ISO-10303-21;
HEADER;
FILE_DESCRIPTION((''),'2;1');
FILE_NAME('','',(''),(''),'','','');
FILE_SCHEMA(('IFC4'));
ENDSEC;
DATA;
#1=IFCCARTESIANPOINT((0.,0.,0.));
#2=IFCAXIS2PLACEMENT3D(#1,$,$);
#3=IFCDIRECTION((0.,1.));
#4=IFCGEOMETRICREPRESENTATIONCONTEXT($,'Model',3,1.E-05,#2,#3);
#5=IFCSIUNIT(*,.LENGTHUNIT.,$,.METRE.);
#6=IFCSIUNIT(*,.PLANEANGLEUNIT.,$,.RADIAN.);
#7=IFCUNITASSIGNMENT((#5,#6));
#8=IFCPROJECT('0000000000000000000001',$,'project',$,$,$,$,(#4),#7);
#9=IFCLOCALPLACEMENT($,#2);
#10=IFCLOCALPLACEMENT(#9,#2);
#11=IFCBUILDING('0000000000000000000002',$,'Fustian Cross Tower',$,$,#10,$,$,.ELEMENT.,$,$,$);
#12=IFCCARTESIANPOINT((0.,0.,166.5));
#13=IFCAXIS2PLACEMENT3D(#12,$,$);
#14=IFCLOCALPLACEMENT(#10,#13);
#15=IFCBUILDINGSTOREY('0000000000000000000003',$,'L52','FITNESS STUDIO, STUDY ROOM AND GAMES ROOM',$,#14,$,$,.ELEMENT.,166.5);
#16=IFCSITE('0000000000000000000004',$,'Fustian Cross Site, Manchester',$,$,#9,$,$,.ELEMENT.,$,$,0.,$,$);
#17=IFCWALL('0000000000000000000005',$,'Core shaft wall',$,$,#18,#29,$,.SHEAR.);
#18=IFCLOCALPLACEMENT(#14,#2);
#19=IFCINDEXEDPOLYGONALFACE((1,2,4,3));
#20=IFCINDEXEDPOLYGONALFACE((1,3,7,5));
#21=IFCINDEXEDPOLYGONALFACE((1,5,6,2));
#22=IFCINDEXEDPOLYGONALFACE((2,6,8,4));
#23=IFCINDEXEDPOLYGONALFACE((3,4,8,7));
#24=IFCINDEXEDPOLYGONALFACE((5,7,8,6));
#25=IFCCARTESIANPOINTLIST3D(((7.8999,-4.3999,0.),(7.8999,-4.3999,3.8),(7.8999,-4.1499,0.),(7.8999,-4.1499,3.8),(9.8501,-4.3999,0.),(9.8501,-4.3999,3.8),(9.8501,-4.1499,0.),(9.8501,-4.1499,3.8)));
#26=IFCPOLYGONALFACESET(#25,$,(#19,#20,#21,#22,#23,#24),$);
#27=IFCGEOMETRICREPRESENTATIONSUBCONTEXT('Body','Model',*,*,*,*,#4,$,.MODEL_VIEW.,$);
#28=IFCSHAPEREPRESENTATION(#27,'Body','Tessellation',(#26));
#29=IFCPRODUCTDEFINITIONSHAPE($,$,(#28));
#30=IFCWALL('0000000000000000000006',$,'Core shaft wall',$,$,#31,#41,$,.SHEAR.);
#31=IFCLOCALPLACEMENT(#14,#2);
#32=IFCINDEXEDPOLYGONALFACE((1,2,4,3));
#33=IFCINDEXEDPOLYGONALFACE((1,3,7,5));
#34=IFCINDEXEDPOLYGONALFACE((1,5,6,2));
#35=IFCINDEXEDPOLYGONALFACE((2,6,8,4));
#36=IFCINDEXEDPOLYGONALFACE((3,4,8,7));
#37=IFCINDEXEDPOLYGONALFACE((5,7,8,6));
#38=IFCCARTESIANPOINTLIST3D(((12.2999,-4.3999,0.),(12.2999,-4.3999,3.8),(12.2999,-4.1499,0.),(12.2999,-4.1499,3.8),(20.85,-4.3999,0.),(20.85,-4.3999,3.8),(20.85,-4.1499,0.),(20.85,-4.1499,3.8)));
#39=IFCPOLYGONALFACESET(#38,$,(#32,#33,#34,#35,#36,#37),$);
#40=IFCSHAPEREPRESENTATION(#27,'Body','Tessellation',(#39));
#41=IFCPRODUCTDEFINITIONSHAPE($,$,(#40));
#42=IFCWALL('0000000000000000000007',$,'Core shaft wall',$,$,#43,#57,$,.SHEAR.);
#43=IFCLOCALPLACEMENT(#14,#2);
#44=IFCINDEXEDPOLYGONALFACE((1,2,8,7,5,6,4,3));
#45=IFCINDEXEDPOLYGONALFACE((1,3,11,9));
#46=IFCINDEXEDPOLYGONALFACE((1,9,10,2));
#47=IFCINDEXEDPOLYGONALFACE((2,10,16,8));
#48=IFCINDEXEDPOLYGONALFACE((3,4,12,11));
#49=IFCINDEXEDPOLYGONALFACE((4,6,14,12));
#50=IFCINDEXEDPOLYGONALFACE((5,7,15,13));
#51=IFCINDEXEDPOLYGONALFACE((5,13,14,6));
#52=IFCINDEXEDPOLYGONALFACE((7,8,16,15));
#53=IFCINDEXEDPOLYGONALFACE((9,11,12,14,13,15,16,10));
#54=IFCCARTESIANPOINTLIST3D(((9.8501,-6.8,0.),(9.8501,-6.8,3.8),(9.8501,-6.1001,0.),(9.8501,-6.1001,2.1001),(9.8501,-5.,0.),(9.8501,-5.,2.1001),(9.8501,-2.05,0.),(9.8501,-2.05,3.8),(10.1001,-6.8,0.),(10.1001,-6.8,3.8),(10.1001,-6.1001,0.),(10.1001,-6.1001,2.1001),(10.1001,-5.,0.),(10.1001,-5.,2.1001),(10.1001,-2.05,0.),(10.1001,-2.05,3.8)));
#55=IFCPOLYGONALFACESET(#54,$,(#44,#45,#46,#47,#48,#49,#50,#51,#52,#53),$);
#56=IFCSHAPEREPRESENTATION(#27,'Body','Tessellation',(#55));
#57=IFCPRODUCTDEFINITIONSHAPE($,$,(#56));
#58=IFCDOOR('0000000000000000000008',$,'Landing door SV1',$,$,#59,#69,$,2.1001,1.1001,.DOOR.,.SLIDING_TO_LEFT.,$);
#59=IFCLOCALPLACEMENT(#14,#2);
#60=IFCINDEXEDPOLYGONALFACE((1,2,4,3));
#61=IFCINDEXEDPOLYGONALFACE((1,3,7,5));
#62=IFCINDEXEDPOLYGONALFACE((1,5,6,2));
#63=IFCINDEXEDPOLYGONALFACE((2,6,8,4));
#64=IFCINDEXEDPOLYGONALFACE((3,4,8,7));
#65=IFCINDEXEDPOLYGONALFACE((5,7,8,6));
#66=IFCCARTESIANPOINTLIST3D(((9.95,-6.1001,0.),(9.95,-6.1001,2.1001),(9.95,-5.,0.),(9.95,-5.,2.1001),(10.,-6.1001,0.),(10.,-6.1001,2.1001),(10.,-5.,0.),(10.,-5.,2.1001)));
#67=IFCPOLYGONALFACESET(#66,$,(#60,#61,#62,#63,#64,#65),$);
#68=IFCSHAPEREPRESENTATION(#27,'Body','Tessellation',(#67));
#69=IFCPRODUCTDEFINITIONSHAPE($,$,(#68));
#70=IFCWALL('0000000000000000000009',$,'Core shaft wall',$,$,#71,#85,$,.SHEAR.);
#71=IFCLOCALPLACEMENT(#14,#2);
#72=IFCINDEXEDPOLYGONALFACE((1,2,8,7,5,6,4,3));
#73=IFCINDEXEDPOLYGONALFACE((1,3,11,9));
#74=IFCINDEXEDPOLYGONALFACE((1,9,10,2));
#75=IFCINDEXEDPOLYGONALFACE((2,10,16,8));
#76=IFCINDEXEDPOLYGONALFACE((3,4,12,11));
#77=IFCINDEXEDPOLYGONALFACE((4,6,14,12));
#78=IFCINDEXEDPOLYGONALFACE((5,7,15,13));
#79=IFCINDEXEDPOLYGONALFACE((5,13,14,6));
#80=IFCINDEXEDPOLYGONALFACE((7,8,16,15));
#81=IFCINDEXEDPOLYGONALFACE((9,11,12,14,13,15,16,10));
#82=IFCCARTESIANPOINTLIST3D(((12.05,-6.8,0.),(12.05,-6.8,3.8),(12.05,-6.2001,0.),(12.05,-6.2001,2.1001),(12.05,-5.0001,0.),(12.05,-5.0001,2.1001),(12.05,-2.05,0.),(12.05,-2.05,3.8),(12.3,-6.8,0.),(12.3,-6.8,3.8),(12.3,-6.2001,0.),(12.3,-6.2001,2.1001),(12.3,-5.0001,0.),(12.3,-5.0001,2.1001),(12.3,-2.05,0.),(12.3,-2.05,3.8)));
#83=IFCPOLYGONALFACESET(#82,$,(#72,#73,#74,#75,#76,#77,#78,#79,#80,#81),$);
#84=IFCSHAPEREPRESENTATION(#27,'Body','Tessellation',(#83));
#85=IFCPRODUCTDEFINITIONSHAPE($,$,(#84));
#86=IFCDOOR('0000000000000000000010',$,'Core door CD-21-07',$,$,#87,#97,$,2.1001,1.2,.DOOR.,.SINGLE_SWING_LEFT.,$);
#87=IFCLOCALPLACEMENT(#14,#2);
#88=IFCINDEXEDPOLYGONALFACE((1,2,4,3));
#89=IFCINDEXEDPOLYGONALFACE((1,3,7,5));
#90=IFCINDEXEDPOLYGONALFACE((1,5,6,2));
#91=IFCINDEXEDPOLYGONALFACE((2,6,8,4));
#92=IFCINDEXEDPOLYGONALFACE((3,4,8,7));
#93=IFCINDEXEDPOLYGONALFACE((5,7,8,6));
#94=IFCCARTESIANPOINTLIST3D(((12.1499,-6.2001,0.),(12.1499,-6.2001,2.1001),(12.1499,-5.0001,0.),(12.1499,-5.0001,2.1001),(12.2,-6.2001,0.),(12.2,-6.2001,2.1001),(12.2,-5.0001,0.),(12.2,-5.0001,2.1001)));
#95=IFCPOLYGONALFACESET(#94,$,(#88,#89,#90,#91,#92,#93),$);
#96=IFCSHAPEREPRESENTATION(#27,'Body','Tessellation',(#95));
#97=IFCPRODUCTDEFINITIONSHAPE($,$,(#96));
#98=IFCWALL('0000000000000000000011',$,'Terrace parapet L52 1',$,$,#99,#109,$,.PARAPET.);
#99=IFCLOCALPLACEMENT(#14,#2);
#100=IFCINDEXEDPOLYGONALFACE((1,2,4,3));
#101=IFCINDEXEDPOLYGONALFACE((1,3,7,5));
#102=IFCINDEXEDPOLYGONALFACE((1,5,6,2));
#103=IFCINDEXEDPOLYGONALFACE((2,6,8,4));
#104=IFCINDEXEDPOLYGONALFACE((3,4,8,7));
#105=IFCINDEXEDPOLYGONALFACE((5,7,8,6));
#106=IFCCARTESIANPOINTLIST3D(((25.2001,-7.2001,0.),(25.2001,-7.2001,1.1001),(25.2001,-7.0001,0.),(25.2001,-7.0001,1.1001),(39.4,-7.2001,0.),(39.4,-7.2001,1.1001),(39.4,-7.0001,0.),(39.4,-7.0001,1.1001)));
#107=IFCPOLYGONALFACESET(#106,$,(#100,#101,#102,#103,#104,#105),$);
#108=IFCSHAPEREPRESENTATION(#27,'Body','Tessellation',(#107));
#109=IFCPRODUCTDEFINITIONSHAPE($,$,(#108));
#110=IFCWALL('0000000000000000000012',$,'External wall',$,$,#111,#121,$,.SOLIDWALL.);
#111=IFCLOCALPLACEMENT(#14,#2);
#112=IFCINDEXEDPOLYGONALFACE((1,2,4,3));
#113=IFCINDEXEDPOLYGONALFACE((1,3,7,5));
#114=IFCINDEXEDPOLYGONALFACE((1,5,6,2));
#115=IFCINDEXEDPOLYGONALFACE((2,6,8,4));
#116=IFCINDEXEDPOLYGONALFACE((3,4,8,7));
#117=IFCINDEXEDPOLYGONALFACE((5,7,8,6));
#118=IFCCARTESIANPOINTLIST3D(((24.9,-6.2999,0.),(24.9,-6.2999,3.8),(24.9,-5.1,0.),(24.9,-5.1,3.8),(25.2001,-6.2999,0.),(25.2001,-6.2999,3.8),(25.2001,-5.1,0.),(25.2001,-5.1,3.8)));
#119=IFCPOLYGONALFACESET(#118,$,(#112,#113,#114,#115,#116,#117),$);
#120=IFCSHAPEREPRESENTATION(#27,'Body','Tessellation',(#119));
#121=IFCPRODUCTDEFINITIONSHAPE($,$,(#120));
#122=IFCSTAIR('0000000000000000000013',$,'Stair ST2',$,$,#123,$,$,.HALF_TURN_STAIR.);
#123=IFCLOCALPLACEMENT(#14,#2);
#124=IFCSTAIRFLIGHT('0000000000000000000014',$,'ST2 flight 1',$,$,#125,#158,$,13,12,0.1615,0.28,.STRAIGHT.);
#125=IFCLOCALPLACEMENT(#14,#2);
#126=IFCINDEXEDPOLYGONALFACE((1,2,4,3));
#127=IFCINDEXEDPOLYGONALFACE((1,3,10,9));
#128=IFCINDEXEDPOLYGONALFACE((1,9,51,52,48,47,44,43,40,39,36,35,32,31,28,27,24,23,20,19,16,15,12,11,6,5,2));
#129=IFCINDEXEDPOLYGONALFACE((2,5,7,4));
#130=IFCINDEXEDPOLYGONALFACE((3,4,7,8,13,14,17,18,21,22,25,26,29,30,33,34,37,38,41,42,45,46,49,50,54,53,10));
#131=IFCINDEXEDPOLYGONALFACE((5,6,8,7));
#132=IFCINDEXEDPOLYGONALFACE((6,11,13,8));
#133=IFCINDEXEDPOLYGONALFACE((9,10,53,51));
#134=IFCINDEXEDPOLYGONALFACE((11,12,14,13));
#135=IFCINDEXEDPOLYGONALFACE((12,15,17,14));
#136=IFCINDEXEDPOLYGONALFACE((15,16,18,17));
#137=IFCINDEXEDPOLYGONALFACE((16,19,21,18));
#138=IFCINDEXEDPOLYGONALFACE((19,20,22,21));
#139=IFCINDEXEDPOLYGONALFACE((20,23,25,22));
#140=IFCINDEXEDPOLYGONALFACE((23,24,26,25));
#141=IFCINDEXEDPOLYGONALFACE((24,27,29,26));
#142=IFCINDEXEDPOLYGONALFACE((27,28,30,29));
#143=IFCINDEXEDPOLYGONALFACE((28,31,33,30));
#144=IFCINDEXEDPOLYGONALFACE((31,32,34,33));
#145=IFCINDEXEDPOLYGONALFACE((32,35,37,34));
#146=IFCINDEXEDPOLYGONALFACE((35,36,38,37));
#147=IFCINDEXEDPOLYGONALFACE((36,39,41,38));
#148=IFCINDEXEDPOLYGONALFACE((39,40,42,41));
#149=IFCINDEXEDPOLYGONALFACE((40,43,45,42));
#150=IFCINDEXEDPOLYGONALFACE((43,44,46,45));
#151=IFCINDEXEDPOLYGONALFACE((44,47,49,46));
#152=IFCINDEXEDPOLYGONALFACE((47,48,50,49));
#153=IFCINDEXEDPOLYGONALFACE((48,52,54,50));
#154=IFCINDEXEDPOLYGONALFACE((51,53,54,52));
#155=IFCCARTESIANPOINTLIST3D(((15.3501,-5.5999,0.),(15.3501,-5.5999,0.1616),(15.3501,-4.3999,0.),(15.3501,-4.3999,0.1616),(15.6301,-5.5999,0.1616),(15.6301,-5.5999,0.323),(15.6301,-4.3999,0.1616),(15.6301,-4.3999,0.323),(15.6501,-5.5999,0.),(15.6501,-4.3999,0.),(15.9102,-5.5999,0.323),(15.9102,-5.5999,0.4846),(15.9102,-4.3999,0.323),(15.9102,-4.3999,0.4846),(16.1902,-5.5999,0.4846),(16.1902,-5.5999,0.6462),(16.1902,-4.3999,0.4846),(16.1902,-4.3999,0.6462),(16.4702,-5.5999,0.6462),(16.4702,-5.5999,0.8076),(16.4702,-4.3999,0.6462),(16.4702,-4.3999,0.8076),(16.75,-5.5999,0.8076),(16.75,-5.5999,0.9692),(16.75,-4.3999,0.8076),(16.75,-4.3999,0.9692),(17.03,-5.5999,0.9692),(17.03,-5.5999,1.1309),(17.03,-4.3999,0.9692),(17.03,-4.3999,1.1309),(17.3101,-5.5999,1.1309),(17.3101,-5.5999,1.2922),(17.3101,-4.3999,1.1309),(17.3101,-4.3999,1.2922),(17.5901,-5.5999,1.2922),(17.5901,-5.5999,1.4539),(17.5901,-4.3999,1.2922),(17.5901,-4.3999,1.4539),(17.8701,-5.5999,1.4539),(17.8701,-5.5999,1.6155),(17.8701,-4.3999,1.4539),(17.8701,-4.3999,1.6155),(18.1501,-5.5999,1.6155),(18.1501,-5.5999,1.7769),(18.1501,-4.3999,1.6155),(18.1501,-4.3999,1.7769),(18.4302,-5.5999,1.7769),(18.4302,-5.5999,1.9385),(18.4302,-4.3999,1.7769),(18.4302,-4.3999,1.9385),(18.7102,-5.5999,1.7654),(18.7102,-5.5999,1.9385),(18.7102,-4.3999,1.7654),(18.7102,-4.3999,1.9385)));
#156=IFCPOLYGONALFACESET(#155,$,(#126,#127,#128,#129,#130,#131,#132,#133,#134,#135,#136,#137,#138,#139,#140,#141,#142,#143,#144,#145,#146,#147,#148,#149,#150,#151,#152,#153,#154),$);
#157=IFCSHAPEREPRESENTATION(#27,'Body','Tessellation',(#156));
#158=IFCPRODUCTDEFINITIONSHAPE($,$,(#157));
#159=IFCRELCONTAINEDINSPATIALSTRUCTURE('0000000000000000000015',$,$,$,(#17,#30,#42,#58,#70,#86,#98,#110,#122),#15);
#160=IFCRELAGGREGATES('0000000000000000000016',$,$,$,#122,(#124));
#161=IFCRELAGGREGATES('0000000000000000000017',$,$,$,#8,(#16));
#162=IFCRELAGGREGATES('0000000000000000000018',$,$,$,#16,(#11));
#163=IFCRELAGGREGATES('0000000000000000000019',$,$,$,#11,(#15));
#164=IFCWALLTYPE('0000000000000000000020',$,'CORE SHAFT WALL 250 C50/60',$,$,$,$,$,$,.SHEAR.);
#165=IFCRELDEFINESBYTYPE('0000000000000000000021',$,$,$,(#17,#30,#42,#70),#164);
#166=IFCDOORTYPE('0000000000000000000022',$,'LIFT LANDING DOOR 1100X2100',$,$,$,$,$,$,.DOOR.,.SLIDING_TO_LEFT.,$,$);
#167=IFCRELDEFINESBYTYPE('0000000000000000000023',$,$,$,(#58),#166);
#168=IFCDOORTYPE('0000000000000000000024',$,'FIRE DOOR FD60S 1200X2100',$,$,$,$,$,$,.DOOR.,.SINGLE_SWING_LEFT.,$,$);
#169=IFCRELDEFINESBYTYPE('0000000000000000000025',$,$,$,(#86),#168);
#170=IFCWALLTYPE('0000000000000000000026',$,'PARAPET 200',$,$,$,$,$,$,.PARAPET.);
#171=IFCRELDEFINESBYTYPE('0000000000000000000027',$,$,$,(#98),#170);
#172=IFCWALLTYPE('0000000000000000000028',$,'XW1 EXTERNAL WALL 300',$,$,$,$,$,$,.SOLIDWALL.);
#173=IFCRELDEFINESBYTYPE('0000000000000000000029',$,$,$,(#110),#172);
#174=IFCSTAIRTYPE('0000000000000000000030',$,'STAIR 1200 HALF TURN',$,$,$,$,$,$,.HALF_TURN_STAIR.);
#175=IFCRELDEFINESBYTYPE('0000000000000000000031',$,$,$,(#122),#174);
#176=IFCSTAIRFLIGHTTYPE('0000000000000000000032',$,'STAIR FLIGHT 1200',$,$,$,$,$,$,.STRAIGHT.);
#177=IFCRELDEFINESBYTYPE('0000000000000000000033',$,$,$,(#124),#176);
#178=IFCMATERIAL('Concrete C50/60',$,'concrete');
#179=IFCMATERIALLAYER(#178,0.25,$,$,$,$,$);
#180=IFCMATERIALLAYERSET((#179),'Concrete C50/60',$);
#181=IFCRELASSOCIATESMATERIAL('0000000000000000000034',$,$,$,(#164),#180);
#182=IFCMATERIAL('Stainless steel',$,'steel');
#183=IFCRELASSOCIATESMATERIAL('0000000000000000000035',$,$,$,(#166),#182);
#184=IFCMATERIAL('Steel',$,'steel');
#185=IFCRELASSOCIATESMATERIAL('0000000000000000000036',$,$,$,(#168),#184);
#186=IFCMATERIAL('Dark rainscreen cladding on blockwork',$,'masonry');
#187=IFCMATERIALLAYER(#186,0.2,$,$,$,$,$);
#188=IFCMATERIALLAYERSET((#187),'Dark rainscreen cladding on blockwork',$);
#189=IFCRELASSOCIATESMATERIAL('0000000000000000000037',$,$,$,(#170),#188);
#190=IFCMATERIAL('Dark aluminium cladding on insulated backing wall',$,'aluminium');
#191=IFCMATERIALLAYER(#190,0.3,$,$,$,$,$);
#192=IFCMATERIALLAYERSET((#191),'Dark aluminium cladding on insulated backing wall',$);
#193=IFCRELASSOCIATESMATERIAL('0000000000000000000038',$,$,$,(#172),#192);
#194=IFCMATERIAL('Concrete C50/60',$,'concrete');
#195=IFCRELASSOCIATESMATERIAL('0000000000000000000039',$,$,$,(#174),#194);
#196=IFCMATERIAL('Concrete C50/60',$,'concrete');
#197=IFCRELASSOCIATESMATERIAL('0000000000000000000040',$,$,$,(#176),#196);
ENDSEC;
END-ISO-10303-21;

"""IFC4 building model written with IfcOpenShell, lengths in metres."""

from ifc_helpers import new_model, si_unit, direction, frame, frame_2d, origin, place, context, subcontext, project, spatial, polyline, rectangle, outline, extrude, material, layer, layer_set, type_object, element, fill, aggregate, save


model = new_model("IFC4")

# Units and contexts
model_context = context("Model", 3, precision=1e-05, world=origin(), true_north=direction((0.0, 1.0)))
body_context = subcontext(model_context, "Body", "Model", "MODEL_VIEW")
ifc_project = project(units=[si_unit("LENGTHUNIT", "METRE"), si_unit("PLANEANGLEUNIT", "RADIAN")], contexts=[model_context])

# Site, building, storey
site_placement = place(None, origin())
site = spatial("IfcSite", under=ifc_project, at=site_placement, Name="Fustian Cross Site, Manchester", CompositionType="ELEMENT", RefElevation=0.0)
building_placement = place(site_placement, origin())
building = spatial("IfcBuilding", under=site, at=building_placement, Name="Fustian Cross Tower", CompositionType="ELEMENT")
storey_placement = place(building_placement, frame((0.0, 0.0, 166.5)))
storey = spatial("IfcBuildingStorey", under=building, at=storey_placement, Name="L52", Description="FITNESS STUDIO, STUDY ROOM AND GAMES ROOM", CompositionType="ELEMENT", Elevation=166.5)

# Walls
ifc_material_1 = material(Name="Concrete C50/60", Category="concrete")
ifc_layer_1 = layer(ifc_material_1, 0.25)
ifc_layer_set_1 = layer_set([ifc_layer_1], Name="Concrete C50/60")
wall_type_1 = type_object("IfcWallType", Name="CORE SHAFT WALL 250 C50/60", PredefinedType="SHEAR", material=ifc_layer_set_1)
wall_1_placement = place(storey_placement, frame((7.8999, -4.2749, 0.0), z_axis=(0.0, 0.0, 1.0), x_axis=(1.0, 0.0, 0.0)))
element("IfcWall", 1, at=wall_1_placement, inside=storey, type_object=wall_type_1, Name="Core shaft wall", PredefinedType="SHEAR", context=body_context, shape_type="SweptSolid", body=[
    extrude(rectangle(XDim=1.9502, YDim=0.25, at=frame_2d((0.9751, 0.0))), origin(), (0.0, 0.0, 1.0), 3.8),
])
wall_2_placement = place(storey_placement, frame((12.3, -4.2749, 0.0), z_axis=(0.0, 0.0, 1.0), x_axis=(1.0, 0.0, 0.0)))
element("IfcWall", 2, at=wall_2_placement, inside=storey, type_object=wall_type_1, Name="Core shaft wall", PredefinedType="SHEAR", context=body_context, shape_type="SweptSolid", body=[
    extrude(rectangle(XDim=8.55, YDim=0.25, at=frame_2d((4.2749, 0.0))), origin(), (0.0, 0.0, 1.0), 3.8),
])

# Walls, openings, doors
wall_3_placement = place(storey_placement, frame((9.9751, -2.05, 0.0), z_axis=(0.0, 0.0, 1.0), x_axis=(0.0, -1.0, 0.0)))
wall_3 = element("IfcWall", 3, at=wall_3_placement, inside=storey, type_object=wall_type_1, Name="Core shaft wall", PredefinedType="SHEAR", context=body_context, shape_type="SweptSolid", body=[
    extrude(rectangle(XDim=4.75, YDim=0.25, at=frame_2d((2.375, 0.0))), origin(), (0.0, 0.0, 1.0), 3.8),
])
opening_1_placement = place(wall_3_placement, frame((2.95, 0.0, 0.0)))
opening_1 = element("IfcOpeningElement", 4, at=opening_1_placement, cuts=wall_3, PredefinedType="OPENING", context=body_context, shape_type="SweptSolid", body=[
    extrude(rectangle(XDim=1.1001, YDim=2.1001, at=frame_2d((0.55, 1.05))), frame((0.0, 0.135, 0.0), z_axis=(0.0, -1.0, 0.0), x_axis=(1.0, 0.0, 0.0)), (0.0, 0.0, 1.0), 0.27),
])
ifc_material_2 = material(Name="Stainless steel", Category="steel")
door_type_1 = type_object("IfcDoorType", Name="LIFT LANDING DOOR 1100X2100", OperationType="SLIDING_TO_LEFT", PredefinedType="DOOR", material=ifc_material_2)
door_1_placement = place(opening_1_placement, origin())
door_1 = element("IfcDoor", 5, at=door_1_placement, inside=storey, type_object=door_type_1, Name="Landing door SV1", OperationType="SLIDING_TO_LEFT", OverallHeight=2.1001, OverallWidth=1.1001, PredefinedType="DOOR", context=body_context, shape_type="SweptSolid", body=[
    extrude(rectangle(XDim=1.1001, YDim=2.1001, at=frame_2d((0.55, 1.05))), frame((0.0, 0.0249, 0.0), z_axis=(0.0, -1.0, 0.0), x_axis=(1.0, 0.0, 0.0)), (0.0, 0.0, 1.0), 0.05),
])
fill(opening_1, door_1)
wall_4_placement = place(storey_placement, frame((12.175, -2.05, 0.0), z_axis=(0.0, 0.0, 1.0), x_axis=(0.0, -1.0, 0.0)))
wall_4 = element("IfcWall", 6, at=wall_4_placement, inside=storey, type_object=wall_type_1, Name="Core shaft wall", PredefinedType="SHEAR", context=body_context, shape_type="SweptSolid", body=[
    extrude(rectangle(XDim=4.75, YDim=0.25, at=frame_2d((2.375, 0.0))), origin(), (0.0, 0.0, 1.0), 3.8),
])
opening_2_placement = place(wall_4_placement, frame((2.95, 0.0, 0.0)))
opening_2 = element("IfcOpeningElement", 7, at=opening_2_placement, cuts=wall_4, PredefinedType="OPENING", context=body_context, shape_type="SweptSolid", body=[
    extrude(rectangle(XDim=1.2, YDim=2.1001, at=frame_2d((0.6001, 1.05))), frame((0.0, 0.135, 0.0), z_axis=(0.0, -1.0, 0.0), x_axis=(1.0, 0.0, 0.0)), (0.0, 0.0, 1.0), 0.27),
])
ifc_material_3 = material(Name="Steel", Category="steel")
door_type_2 = type_object("IfcDoorType", Name="FIRE DOOR FD60S 1200X2100", OperationType="SINGLE_SWING_LEFT", PredefinedType="DOOR", material=ifc_material_3)
door_2_placement = place(opening_2_placement, origin())
door_2 = element("IfcDoor", 8, at=door_2_placement, inside=storey, type_object=door_type_2, Name="Core door CD-21-07", OperationType="SINGLE_SWING_LEFT", OverallHeight=2.1001, OverallWidth=1.2, PredefinedType="DOOR", context=body_context, shape_type="SweptSolid", body=[
    extrude(rectangle(XDim=1.2, YDim=2.1001, at=frame_2d((0.6001, 1.05))), frame((0.0, 0.0249, 0.0), z_axis=(0.0, -1.0, 0.0), x_axis=(1.0, 0.0, 0.0)), (0.0, 0.0, 1.0), 0.05),
])
fill(opening_2, door_2)

# Walls
ifc_material_4 = material(Name="Dark rainscreen cladding on blockwork", Category="masonry")
ifc_layer_2 = layer(ifc_material_4, 0.2)
ifc_layer_set_2 = layer_set([ifc_layer_2], Name="Dark rainscreen cladding on blockwork")
wall_type_2 = type_object("IfcWallType", Name="PARAPET 200", PredefinedType="PARAPET", material=ifc_layer_set_2)
wall_5_placement = place(storey_placement, frame((25.2, -7.1001, 0.0), z_axis=(0.0, 0.0, 1.0), x_axis=(1.0, 0.0, 0.0)))
element("IfcWall", 9, at=wall_5_placement, inside=storey, type_object=wall_type_2, Name="Terrace parapet L52 1", PredefinedType="PARAPET", context=body_context, shape_type="SweptSolid", body=[
    extrude(rectangle(XDim=14.2, YDim=0.2, at=frame_2d((7.1001, 0.0))), origin(), (0.0, 0.0, 1.0), 1.1001),
])
ifc_material_5 = material(Name="Dark aluminium cladding on insulated backing wall", Category="aluminium")
ifc_layer_3 = layer(ifc_material_5, 0.3)
ifc_layer_set_3 = layer_set([ifc_layer_3], Name="Dark aluminium cladding on insulated backing wall")
wall_type_3 = type_object("IfcWallType", Name="XW1 EXTERNAL WALL 300", PredefinedType="SOLIDWALL", material=ifc_layer_set_3)
wall_6_placement = place(storey_placement, frame((25.05, -6.3, 0.0), z_axis=(0.0, 0.0, 1.0), x_axis=(0.0, 1.0, 0.0)))
element("IfcWall", 10, at=wall_6_placement, inside=storey, type_object=wall_type_3, Name="External wall", PredefinedType="SOLIDWALL", context=body_context, shape_type="SweptSolid", body=[
    extrude(rectangle(XDim=1.2, YDim=0.3, at=frame_2d((0.6001, 0.0))), origin(), (0.0, 0.0, 1.0), 3.8),
])

# Stair, stair flight
ifc_material_6 = material(Name="Concrete C50/60", Category="concrete")
stair_type = type_object("IfcStairType", Name="STAIR 1200 HALF TURN", PredefinedType="HALF_TURN_STAIR", material=ifc_material_6)
stair_placement = place(storey_placement, origin())
stair = element("IfcStair", 11, at=stair_placement, inside=storey, type_object=stair_type, Name="Stair ST2", PredefinedType="HALF_TURN_STAIR")
ifc_material_7 = material(Name="Concrete C50/60", Category="concrete")
stair_flight_type = type_object("IfcStairFlightType", Name="STAIR FLIGHT 1200", PredefinedType="STRAIGHT", material=ifc_material_7)
stair_flight_1_placement = place(storey_placement, frame((15.3501, -5.0, 0.0), z_axis=(0.0, 0.0, 1.0), x_axis=(1.0, 0.0, 0.0)))
stair_flight_1 = element("IfcStairFlight", 12, at=stair_flight_1_placement, type_object=stair_flight_type, Name="ST2 flight 1", NumberOfRisers=13, NumberOfTreads=12, PredefinedType="STRAIGHT", RiserHeight=0.1615, TreadLength=0.28, context=body_context, shape_type="SweptSolid", body=[
    extrude(outline(polyline([(0.0, 0.0), (0.0, 0.1616), (0.28, 0.1616), (0.28, 0.323), (0.5601, 0.323), (0.5601, 0.4846), (0.8401, 0.4846), (0.8401, 0.6462), (1.1201, 0.6462), (1.1201, 0.8076), (1.3999, 0.8076), (1.3999, 0.9692), (1.6799, 0.9692), (1.6799, 1.1309), (1.96, 1.1309), (1.96, 1.2922), (2.24, 1.2922), (2.24, 1.4539), (2.52, 1.4539), (2.52, 1.6155), (2.8, 1.6155), (2.8, 1.7769), (3.0801, 1.7769), (3.0801, 1.9385), (3.3601, 1.9385), (3.3601, 2.1001), (3.3601, 1.7654), (0.3, 0.0), (0.0, 0.0)])), frame((0.0, 0.6001, 0.0), z_axis=(0.0, -1.0, 0.0), x_axis=(1.0, 0.0, 0.0)), (0.0, 0.0, 1.0), 1.2),
])
aggregate(stair, [stair_flight_1])

save(model, "model.ifc")
